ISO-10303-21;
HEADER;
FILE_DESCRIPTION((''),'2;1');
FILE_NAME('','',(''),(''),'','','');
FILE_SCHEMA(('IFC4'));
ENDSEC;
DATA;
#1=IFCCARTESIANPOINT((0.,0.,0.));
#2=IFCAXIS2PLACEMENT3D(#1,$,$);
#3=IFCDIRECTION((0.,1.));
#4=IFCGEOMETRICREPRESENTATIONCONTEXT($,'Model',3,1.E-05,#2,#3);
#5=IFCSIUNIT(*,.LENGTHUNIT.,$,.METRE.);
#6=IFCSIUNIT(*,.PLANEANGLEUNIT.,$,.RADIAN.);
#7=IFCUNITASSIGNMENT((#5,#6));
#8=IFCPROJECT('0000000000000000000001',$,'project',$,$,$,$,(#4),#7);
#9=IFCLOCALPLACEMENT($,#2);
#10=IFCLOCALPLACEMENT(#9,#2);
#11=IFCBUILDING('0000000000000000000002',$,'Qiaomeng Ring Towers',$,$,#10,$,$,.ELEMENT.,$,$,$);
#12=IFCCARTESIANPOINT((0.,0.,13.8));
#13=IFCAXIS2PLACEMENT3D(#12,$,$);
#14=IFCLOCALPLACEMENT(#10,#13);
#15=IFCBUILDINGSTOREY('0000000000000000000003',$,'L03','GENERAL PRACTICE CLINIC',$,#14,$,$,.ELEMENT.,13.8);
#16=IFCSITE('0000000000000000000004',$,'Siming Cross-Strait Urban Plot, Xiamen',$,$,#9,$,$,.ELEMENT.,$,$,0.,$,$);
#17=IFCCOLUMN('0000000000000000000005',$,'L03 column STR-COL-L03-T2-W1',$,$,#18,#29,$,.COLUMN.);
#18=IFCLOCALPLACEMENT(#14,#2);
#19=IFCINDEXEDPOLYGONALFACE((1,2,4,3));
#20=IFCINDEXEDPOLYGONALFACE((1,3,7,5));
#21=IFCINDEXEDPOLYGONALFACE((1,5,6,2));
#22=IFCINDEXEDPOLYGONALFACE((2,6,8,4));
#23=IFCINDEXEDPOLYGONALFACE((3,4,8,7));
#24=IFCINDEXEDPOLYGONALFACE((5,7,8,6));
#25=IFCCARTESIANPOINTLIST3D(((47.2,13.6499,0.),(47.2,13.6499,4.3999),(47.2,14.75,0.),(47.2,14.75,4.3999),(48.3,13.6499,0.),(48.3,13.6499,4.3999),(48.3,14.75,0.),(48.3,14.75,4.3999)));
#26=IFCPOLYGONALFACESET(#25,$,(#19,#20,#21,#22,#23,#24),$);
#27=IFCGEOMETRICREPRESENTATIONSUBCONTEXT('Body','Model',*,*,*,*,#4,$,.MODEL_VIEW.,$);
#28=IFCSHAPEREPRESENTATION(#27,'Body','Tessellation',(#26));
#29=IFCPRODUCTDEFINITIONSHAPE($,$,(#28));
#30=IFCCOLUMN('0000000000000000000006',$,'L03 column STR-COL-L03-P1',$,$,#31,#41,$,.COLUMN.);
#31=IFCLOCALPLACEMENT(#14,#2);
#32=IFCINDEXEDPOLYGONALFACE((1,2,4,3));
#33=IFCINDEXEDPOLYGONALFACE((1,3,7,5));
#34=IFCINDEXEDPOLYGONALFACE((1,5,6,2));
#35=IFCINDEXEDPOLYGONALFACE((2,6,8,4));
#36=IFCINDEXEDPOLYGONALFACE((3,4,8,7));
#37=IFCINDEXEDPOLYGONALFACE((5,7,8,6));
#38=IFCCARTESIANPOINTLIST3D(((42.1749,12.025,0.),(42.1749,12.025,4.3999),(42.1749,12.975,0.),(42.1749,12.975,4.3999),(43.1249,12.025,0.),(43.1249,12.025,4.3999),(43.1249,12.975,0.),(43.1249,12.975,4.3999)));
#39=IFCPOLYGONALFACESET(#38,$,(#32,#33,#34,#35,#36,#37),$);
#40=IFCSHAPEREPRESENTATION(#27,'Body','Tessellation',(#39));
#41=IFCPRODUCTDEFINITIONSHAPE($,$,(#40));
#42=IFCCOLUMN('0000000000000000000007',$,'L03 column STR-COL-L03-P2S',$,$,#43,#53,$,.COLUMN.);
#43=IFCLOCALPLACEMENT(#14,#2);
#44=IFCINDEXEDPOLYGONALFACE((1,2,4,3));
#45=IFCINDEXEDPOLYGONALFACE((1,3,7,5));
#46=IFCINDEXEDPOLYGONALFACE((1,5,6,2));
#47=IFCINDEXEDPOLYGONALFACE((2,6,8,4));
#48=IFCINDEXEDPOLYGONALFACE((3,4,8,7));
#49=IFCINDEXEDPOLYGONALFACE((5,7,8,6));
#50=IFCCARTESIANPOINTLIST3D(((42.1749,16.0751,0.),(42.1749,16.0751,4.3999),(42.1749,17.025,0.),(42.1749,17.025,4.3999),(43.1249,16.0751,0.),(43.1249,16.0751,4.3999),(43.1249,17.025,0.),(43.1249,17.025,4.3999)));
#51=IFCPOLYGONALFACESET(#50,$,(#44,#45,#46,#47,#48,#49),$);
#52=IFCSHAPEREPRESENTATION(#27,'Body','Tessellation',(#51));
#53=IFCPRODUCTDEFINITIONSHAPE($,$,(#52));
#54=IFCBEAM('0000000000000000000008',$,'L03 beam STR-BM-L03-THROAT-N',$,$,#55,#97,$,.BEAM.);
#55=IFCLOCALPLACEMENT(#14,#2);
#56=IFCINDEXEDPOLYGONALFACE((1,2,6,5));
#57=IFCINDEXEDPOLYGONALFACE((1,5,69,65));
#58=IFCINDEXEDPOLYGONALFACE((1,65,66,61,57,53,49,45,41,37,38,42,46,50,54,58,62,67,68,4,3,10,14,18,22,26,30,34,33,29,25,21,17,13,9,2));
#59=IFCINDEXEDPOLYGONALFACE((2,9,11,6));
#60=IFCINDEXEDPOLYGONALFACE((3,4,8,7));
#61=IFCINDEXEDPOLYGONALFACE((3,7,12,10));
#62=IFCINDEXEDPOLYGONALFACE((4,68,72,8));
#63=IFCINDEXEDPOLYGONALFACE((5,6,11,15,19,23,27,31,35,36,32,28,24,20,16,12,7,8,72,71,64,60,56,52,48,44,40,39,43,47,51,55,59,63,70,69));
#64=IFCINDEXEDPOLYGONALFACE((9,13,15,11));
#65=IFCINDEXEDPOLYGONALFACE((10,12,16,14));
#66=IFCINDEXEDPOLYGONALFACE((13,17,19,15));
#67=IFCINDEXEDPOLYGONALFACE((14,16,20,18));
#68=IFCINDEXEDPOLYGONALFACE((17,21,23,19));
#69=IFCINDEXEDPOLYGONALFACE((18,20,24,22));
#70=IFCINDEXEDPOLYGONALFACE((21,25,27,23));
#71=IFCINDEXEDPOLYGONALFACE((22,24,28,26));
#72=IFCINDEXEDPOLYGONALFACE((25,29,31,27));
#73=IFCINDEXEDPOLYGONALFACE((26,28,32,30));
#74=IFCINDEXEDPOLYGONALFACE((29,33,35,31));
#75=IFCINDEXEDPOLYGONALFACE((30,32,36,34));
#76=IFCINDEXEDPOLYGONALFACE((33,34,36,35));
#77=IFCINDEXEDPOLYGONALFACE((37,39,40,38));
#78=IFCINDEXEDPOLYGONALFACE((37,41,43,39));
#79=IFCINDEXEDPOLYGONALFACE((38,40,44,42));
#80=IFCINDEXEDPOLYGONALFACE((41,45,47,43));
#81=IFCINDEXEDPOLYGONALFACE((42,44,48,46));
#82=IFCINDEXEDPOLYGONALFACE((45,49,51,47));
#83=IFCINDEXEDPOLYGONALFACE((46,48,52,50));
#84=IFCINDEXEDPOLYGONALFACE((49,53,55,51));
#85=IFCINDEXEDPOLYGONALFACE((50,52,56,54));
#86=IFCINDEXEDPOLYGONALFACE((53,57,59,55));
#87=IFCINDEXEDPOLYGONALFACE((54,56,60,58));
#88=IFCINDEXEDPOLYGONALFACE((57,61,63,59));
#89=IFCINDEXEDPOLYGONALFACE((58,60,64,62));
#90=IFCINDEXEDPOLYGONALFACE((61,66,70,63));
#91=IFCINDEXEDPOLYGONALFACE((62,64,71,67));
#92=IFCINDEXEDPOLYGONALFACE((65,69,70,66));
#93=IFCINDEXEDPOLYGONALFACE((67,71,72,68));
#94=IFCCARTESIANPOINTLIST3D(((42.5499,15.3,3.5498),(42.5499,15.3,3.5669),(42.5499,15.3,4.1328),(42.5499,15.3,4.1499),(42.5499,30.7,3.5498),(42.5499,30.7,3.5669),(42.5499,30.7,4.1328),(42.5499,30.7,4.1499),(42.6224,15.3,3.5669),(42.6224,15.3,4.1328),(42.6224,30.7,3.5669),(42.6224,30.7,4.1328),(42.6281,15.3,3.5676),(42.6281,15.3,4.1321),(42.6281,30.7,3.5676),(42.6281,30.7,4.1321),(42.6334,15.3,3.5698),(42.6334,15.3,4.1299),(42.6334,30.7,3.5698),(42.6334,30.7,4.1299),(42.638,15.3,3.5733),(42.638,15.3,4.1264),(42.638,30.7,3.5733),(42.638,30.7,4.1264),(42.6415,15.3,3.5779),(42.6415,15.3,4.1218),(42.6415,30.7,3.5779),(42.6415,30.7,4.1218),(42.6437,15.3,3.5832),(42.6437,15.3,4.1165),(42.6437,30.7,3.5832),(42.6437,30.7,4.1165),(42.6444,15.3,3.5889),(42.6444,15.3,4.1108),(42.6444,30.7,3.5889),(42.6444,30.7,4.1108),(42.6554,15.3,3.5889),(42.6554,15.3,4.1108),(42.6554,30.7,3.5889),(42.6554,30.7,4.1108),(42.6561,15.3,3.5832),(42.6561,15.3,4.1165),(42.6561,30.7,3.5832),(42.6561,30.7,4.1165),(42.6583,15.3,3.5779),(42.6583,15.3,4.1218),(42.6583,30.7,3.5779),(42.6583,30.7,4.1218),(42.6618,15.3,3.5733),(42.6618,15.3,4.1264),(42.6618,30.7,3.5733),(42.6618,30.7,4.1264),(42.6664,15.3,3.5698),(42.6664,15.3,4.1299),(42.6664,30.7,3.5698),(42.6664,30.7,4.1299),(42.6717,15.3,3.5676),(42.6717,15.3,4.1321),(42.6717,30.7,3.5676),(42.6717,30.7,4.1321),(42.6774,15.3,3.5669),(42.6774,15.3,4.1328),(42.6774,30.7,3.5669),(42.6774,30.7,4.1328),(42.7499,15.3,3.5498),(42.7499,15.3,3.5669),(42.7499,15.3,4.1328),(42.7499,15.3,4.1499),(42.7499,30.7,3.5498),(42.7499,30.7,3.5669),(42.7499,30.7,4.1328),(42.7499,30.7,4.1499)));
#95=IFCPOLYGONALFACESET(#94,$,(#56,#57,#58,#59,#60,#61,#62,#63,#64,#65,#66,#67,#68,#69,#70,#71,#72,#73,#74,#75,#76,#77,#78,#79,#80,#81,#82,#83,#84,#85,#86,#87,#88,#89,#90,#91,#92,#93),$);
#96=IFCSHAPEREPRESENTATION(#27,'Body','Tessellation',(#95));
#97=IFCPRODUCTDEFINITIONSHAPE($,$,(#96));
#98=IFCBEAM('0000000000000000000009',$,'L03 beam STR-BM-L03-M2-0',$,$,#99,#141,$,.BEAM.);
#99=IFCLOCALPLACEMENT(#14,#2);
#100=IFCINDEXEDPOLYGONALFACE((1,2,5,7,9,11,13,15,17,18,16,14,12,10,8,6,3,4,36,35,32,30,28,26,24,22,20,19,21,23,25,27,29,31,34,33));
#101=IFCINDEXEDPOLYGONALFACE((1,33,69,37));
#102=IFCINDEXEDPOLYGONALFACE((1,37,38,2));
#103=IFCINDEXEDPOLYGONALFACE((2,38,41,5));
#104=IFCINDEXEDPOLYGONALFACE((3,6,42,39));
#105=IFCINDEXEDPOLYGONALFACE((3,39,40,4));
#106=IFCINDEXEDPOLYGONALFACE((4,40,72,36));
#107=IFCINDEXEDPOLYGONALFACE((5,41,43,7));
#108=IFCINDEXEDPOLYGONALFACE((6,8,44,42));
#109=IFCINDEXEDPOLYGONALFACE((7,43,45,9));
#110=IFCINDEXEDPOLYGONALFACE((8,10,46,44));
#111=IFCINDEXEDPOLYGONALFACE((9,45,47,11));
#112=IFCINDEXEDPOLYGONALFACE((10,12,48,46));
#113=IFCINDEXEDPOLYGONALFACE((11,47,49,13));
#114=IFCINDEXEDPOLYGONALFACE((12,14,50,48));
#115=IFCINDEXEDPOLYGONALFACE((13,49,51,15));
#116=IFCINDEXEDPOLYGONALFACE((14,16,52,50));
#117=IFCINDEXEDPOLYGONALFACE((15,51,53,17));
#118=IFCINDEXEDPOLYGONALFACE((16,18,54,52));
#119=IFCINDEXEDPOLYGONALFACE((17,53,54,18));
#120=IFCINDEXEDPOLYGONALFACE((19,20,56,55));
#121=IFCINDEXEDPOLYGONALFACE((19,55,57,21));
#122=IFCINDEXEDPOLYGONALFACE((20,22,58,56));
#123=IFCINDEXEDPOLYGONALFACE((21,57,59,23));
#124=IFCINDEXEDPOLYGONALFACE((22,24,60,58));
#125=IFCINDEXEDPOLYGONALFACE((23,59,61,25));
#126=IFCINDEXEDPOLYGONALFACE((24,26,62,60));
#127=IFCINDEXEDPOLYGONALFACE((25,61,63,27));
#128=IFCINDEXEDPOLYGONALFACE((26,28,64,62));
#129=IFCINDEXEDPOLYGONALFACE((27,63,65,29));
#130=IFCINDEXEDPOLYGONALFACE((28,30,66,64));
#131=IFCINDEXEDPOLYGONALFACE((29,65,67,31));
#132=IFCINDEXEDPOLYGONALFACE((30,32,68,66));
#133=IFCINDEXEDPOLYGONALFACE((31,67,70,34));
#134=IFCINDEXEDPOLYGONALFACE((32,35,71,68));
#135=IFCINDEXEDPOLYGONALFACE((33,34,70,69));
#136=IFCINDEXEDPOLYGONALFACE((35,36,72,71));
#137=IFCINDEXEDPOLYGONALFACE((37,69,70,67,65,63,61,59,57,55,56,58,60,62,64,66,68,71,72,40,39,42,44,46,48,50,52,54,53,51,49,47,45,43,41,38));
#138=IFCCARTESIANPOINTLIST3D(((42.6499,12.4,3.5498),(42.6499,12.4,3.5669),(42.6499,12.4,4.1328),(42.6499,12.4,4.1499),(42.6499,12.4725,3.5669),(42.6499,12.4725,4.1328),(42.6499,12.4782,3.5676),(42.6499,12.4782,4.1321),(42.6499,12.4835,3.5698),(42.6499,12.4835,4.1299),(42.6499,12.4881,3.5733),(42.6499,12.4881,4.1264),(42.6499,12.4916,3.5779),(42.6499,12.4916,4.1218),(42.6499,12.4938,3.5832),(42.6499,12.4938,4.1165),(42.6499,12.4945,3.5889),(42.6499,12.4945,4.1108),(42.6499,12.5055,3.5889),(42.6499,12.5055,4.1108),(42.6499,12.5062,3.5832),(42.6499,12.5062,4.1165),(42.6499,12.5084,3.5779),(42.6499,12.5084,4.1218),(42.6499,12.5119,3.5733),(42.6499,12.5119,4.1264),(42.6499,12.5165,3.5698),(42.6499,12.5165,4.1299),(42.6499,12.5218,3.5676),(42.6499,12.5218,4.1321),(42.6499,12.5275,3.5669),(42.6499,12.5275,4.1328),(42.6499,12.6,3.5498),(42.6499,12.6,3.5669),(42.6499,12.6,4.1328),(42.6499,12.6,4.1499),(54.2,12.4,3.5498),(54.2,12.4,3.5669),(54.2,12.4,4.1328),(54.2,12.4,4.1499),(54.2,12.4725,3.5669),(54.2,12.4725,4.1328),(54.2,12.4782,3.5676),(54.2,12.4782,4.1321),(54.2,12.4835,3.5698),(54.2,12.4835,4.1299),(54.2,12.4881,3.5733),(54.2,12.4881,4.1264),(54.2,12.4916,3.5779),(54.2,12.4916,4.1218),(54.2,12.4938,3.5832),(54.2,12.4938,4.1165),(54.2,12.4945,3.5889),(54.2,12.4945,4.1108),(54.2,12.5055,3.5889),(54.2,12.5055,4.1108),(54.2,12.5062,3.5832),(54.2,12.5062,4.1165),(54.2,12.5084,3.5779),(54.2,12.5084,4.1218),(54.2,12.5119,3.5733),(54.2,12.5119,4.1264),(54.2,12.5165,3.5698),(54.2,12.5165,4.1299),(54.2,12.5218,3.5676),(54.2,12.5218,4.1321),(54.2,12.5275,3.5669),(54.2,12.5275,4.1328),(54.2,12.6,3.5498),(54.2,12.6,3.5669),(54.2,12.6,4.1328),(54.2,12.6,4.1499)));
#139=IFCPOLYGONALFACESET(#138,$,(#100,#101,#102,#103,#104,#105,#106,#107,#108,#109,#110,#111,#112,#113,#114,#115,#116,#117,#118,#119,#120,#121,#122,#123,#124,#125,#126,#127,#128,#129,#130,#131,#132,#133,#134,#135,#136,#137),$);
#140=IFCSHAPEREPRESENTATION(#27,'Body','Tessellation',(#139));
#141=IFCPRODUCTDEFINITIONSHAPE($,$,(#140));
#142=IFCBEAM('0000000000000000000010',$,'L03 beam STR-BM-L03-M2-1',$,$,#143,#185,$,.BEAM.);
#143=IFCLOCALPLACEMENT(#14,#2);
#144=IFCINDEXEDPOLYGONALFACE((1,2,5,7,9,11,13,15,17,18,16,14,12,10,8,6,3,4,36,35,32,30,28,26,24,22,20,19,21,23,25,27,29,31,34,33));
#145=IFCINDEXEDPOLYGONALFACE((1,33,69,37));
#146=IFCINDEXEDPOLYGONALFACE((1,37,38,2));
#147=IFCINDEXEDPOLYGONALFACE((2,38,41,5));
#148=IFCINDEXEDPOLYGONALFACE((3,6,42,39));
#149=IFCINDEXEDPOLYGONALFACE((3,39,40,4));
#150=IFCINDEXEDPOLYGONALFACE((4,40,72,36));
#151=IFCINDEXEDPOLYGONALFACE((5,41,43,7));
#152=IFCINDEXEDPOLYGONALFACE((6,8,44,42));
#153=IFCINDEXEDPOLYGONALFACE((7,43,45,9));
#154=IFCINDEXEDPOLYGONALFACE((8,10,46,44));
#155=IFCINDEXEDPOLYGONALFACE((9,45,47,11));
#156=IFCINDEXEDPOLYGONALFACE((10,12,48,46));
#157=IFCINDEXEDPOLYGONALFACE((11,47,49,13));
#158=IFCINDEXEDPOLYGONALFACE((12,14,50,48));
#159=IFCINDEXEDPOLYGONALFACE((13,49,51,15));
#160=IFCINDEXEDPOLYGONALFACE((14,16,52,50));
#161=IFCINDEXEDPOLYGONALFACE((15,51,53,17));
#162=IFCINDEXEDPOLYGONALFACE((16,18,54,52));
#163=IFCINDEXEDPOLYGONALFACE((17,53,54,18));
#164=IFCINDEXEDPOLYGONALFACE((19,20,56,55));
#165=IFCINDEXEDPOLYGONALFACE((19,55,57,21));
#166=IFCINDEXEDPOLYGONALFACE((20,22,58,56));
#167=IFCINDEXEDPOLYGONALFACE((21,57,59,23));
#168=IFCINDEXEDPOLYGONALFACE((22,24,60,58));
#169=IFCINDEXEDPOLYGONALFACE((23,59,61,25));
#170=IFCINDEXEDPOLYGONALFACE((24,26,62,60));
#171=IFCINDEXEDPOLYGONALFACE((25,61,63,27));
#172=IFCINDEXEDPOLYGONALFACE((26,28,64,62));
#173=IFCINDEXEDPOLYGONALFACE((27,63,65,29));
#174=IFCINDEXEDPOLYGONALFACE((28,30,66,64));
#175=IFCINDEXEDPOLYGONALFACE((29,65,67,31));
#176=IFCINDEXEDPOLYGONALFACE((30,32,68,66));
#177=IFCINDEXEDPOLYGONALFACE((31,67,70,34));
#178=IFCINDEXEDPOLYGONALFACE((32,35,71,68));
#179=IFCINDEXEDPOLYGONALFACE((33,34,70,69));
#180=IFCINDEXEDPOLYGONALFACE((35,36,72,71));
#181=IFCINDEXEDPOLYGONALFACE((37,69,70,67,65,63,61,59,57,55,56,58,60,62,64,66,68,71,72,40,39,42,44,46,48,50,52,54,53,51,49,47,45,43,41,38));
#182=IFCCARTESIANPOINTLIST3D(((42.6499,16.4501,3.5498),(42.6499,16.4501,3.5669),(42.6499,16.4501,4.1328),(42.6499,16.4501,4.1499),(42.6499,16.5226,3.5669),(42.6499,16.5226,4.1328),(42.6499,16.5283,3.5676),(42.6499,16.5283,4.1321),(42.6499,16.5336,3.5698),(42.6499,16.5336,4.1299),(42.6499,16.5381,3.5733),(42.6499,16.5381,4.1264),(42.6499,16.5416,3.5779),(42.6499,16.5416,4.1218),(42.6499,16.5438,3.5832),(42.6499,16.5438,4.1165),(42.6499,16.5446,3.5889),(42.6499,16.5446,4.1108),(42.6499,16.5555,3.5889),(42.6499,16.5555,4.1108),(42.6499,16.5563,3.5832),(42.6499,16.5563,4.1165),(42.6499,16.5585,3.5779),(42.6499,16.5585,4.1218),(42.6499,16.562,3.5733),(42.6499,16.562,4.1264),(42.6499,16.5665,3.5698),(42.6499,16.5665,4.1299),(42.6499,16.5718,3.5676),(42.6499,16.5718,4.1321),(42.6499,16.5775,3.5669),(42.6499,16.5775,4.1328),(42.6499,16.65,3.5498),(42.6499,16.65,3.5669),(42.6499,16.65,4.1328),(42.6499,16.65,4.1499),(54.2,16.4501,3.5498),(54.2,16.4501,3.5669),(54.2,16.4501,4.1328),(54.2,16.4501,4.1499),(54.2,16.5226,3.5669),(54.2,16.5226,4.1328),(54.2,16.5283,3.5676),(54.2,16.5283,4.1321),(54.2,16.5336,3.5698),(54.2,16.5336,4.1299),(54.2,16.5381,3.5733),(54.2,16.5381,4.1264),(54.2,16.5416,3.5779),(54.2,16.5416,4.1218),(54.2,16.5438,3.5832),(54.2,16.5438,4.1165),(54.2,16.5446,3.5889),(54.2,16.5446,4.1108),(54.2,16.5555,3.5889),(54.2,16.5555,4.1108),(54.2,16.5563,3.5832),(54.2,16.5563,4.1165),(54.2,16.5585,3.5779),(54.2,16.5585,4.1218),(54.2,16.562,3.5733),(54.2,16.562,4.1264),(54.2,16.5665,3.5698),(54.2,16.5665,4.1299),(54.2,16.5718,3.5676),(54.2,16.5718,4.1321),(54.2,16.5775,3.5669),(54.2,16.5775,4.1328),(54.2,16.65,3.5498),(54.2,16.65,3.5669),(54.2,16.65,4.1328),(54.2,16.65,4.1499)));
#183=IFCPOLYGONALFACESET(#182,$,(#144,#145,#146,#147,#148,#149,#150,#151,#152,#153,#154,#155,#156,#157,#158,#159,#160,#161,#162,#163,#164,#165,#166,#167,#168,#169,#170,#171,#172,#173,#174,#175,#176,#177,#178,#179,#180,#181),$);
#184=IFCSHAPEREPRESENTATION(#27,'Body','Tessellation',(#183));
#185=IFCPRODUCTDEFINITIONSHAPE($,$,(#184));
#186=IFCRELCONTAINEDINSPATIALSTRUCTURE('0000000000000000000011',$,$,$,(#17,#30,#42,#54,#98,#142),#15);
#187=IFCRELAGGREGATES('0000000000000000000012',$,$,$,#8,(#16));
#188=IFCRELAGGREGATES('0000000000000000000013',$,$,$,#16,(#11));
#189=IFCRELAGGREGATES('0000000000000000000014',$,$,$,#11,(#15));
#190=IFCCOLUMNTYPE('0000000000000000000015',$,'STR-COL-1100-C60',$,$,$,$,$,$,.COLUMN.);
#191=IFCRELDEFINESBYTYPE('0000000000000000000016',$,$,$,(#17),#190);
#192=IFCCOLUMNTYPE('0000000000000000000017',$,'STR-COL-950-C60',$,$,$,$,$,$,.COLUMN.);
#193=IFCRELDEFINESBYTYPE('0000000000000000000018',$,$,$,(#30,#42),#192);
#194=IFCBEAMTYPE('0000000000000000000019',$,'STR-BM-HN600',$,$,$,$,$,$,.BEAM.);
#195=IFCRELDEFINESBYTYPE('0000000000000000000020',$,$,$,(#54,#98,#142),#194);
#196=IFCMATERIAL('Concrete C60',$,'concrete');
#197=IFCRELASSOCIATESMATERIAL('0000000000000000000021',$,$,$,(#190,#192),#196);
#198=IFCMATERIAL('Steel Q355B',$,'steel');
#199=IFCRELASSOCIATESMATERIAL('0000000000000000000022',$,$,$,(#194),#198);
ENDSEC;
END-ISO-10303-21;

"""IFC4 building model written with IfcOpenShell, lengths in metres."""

from ifc_helpers import new_model, si_unit, direction, frame, origin, origin_2d, place, context, subcontext, project, spatial, rectangle, i_section, extrude, source, transform, mapped, material, material_profile, profile_set, type_object, element, save


model = new_model("IFC4")

# Units and contexts
model_context = context("Model", 3, precision=1e-05, world=origin(), true_north=direction((0.0, 1.0)))
body_context = subcontext(model_context, "Body", "Model", "MODEL_VIEW")
ifc_project = project(units=[si_unit("LENGTHUNIT", "METRE"), si_unit("PLANEANGLEUNIT", "RADIAN")], contexts=[model_context])

# Site, building, storey
site_placement = place(None, origin())
site = spatial("IfcSite", under=ifc_project, at=site_placement, Name="Siming Cross-Strait Urban Plot, Xiamen", CompositionType="ELEMENT", RefElevation=0.0)
building_placement = place(site_placement, origin())
building = spatial("IfcBuilding", under=site, at=building_placement, Name="Qiaomeng Ring Towers", CompositionType="ELEMENT")
storey_placement = place(building_placement, frame((0.0, 0.0, 13.8)))
storey = spatial("IfcBuildingStorey", under=building, at=storey_placement, Name="L03", Description="GENERAL PRACTICE CLINIC", CompositionType="ELEMENT", Elevation=13.8)

# Columns
ifc_material_1 = material(Name="Concrete C60", Category="concrete")
ifc_material_profile_1 = material_profile(ifc_material_1, rectangle(XDim=1.1001, YDim=1.1001, at=origin_2d()), Name="RC COL 1100x1100")
ifc_profile_set_1 = profile_set([ifc_material_profile_1], Name="Concrete C60")
column_type_1 = type_object("IfcColumnType", Name="STR-COL-1100-C60", PredefinedType="COLUMN", material=ifc_profile_set_1)
shared_shape_1 = source(origin(), body_context, "Body", "SweptSolid", [
    extrude(rectangle(XDim=1.1001, YDim=1.1001, at=origin_2d()), origin(), (0.0, 0.0, 1.0), 4.3999),
])
column_placement = place(storey_placement, frame((47.75, 14.2, 0.0), z_axis=(0.0, 0.0, 1.0), x_axis=(1.0, 0.0, 0.0)))
element("IfcColumn", 1, at=column_placement, inside=storey, type_object=column_type_1, Name="L03 column STR-COL-L03-T2-W1", PredefinedType="COLUMN", context=body_context, shape_type="MappedRepresentation", body=[
    mapped(shared_shape_1, transform((0.0, 0.0, 0.0), x_axis=(1.0, 0.0, 0.0), y_axis=(0.0, 1.0, 0.0), z_axis=(0.0, 0.0, 1.0), scale=1.0)),
])
ifc_material_profile_2 = material_profile(ifc_material_1, rectangle(XDim=0.95, YDim=0.95, at=origin_2d()), Name="RC COL 950x950")
ifc_profile_set_2 = profile_set([ifc_material_profile_2], Name="Concrete C60")
column_type_2 = type_object("IfcColumnType", Name="STR-COL-950-C60", PredefinedType="COLUMN", material=ifc_profile_set_2)
shared_shape_2 = source(origin(), body_context, "Body", "SweptSolid", [
    extrude(rectangle(XDim=0.95, YDim=0.95, at=origin_2d()), origin(), (0.0, 0.0, 1.0), 4.3999),
])
for number, where, z_axis, x_axis, name in (
    (2, (42.6499, 12.5, 0.0), (0.0, 0.0, 1.0), (1.0, 0.0, 0.0), "L03 column STR-COL-L03-P1"),
    (3, (42.6499, 16.55, 0.0), (0.0, 0.0, 1.0), (1.0, 0.0, 0.0), "L03 column STR-COL-L03-P2S"),
):
    element("IfcColumn", number, at=place(storey_placement, frame(where, z_axis=z_axis, x_axis=x_axis)), inside=storey, type_object=column_type_2, Name=name, PredefinedType="COLUMN", context=body_context, shape_type="MappedRepresentation", body=[
        mapped(shared_shape_2, transform((0.0, 0.0, 0.0), x_axis=(1.0, 0.0, 0.0), y_axis=(0.0, 1.0, 0.0), z_axis=(0.0, 0.0, 1.0), scale=1.0)),
    ])

# Beams
ifc_material_2 = material(Name="Steel Q355B", Category="steel")
ifc_material_profile_3 = material_profile(ifc_material_2, i_section(OverallWidth=0.2, OverallDepth=0.6001, WebThickness=0.011, FlangeThickness=0.0171, FilletRadius=0.022, at=origin_2d()), Name="HN 600x200x11x17")
ifc_profile_set_3 = profile_set([ifc_material_profile_3], Name="Steel Q355B")
beam_type = type_object("IfcBeamType", Name="STR-BM-HN600", PredefinedType="BEAM", material=ifc_profile_set_3)
shared_shape_3 = source(origin(), body_context, "Body", "SweptSolid", [
    extrude(i_section(OverallWidth=0.2, OverallDepth=0.6001, WebThickness=0.011, FlangeThickness=0.0171, FilletRadius=0.022, at=origin_2d()), origin(), (0.0, 0.0, 1.0), 15.3999),
])
beam_placement = place(storey_placement, frame((42.6499, 15.3, 3.8499), z_axis=(0.0, 1.0, 0.0), x_axis=(-1.0, 0.0, 0.0)))
element("IfcBeam", 4, at=beam_placement, inside=storey, type_object=beam_type, Name="L03 beam STR-BM-L03-THROAT-N", PredefinedType="BEAM", context=body_context, shape_type="MappedRepresentation", body=[
    mapped(shared_shape_3, transform((0.0, 0.0, 0.0), x_axis=(1.0, 0.0, 0.0), y_axis=(0.0, 1.0, 0.0), z_axis=(0.0, 0.0, 1.0), scale=1.0)),
])
shared_shape_4 = source(origin(), body_context, "Body", "SweptSolid", [
    extrude(i_section(OverallWidth=0.2, OverallDepth=0.6001, WebThickness=0.011, FlangeThickness=0.0171, FilletRadius=0.022, at=origin_2d()), origin(), (0.0, 0.0, 1.0), 11.55),
])
for number, where, z_axis, x_axis, name in (
    (5, (42.6499, 12.5, 3.8499), (1.0, 0.0, 0.0), (0.0, 1.0, 0.0), "L03 beam STR-BM-L03-M2-0"),
    (6, (42.6499, 16.55, 3.8499), (1.0, 0.0, 0.0), (0.0, 1.0, 0.0), "L03 beam STR-BM-L03-M2-1"),
):
    element("IfcBeam", number, at=place(storey_placement, frame(where, z_axis=z_axis, x_axis=x_axis)), inside=storey, type_object=beam_type, Name=name, PredefinedType="BEAM", context=body_context, shape_type="MappedRepresentation", body=[
        mapped(shared_shape_4, transform((0.0, 0.0, 0.0), x_axis=(1.0, 0.0, 0.0), y_axis=(0.0, 1.0, 0.0), z_axis=(0.0, 0.0, 1.0), scale=1.0)),
    ])

save(model, "model.ifc")
